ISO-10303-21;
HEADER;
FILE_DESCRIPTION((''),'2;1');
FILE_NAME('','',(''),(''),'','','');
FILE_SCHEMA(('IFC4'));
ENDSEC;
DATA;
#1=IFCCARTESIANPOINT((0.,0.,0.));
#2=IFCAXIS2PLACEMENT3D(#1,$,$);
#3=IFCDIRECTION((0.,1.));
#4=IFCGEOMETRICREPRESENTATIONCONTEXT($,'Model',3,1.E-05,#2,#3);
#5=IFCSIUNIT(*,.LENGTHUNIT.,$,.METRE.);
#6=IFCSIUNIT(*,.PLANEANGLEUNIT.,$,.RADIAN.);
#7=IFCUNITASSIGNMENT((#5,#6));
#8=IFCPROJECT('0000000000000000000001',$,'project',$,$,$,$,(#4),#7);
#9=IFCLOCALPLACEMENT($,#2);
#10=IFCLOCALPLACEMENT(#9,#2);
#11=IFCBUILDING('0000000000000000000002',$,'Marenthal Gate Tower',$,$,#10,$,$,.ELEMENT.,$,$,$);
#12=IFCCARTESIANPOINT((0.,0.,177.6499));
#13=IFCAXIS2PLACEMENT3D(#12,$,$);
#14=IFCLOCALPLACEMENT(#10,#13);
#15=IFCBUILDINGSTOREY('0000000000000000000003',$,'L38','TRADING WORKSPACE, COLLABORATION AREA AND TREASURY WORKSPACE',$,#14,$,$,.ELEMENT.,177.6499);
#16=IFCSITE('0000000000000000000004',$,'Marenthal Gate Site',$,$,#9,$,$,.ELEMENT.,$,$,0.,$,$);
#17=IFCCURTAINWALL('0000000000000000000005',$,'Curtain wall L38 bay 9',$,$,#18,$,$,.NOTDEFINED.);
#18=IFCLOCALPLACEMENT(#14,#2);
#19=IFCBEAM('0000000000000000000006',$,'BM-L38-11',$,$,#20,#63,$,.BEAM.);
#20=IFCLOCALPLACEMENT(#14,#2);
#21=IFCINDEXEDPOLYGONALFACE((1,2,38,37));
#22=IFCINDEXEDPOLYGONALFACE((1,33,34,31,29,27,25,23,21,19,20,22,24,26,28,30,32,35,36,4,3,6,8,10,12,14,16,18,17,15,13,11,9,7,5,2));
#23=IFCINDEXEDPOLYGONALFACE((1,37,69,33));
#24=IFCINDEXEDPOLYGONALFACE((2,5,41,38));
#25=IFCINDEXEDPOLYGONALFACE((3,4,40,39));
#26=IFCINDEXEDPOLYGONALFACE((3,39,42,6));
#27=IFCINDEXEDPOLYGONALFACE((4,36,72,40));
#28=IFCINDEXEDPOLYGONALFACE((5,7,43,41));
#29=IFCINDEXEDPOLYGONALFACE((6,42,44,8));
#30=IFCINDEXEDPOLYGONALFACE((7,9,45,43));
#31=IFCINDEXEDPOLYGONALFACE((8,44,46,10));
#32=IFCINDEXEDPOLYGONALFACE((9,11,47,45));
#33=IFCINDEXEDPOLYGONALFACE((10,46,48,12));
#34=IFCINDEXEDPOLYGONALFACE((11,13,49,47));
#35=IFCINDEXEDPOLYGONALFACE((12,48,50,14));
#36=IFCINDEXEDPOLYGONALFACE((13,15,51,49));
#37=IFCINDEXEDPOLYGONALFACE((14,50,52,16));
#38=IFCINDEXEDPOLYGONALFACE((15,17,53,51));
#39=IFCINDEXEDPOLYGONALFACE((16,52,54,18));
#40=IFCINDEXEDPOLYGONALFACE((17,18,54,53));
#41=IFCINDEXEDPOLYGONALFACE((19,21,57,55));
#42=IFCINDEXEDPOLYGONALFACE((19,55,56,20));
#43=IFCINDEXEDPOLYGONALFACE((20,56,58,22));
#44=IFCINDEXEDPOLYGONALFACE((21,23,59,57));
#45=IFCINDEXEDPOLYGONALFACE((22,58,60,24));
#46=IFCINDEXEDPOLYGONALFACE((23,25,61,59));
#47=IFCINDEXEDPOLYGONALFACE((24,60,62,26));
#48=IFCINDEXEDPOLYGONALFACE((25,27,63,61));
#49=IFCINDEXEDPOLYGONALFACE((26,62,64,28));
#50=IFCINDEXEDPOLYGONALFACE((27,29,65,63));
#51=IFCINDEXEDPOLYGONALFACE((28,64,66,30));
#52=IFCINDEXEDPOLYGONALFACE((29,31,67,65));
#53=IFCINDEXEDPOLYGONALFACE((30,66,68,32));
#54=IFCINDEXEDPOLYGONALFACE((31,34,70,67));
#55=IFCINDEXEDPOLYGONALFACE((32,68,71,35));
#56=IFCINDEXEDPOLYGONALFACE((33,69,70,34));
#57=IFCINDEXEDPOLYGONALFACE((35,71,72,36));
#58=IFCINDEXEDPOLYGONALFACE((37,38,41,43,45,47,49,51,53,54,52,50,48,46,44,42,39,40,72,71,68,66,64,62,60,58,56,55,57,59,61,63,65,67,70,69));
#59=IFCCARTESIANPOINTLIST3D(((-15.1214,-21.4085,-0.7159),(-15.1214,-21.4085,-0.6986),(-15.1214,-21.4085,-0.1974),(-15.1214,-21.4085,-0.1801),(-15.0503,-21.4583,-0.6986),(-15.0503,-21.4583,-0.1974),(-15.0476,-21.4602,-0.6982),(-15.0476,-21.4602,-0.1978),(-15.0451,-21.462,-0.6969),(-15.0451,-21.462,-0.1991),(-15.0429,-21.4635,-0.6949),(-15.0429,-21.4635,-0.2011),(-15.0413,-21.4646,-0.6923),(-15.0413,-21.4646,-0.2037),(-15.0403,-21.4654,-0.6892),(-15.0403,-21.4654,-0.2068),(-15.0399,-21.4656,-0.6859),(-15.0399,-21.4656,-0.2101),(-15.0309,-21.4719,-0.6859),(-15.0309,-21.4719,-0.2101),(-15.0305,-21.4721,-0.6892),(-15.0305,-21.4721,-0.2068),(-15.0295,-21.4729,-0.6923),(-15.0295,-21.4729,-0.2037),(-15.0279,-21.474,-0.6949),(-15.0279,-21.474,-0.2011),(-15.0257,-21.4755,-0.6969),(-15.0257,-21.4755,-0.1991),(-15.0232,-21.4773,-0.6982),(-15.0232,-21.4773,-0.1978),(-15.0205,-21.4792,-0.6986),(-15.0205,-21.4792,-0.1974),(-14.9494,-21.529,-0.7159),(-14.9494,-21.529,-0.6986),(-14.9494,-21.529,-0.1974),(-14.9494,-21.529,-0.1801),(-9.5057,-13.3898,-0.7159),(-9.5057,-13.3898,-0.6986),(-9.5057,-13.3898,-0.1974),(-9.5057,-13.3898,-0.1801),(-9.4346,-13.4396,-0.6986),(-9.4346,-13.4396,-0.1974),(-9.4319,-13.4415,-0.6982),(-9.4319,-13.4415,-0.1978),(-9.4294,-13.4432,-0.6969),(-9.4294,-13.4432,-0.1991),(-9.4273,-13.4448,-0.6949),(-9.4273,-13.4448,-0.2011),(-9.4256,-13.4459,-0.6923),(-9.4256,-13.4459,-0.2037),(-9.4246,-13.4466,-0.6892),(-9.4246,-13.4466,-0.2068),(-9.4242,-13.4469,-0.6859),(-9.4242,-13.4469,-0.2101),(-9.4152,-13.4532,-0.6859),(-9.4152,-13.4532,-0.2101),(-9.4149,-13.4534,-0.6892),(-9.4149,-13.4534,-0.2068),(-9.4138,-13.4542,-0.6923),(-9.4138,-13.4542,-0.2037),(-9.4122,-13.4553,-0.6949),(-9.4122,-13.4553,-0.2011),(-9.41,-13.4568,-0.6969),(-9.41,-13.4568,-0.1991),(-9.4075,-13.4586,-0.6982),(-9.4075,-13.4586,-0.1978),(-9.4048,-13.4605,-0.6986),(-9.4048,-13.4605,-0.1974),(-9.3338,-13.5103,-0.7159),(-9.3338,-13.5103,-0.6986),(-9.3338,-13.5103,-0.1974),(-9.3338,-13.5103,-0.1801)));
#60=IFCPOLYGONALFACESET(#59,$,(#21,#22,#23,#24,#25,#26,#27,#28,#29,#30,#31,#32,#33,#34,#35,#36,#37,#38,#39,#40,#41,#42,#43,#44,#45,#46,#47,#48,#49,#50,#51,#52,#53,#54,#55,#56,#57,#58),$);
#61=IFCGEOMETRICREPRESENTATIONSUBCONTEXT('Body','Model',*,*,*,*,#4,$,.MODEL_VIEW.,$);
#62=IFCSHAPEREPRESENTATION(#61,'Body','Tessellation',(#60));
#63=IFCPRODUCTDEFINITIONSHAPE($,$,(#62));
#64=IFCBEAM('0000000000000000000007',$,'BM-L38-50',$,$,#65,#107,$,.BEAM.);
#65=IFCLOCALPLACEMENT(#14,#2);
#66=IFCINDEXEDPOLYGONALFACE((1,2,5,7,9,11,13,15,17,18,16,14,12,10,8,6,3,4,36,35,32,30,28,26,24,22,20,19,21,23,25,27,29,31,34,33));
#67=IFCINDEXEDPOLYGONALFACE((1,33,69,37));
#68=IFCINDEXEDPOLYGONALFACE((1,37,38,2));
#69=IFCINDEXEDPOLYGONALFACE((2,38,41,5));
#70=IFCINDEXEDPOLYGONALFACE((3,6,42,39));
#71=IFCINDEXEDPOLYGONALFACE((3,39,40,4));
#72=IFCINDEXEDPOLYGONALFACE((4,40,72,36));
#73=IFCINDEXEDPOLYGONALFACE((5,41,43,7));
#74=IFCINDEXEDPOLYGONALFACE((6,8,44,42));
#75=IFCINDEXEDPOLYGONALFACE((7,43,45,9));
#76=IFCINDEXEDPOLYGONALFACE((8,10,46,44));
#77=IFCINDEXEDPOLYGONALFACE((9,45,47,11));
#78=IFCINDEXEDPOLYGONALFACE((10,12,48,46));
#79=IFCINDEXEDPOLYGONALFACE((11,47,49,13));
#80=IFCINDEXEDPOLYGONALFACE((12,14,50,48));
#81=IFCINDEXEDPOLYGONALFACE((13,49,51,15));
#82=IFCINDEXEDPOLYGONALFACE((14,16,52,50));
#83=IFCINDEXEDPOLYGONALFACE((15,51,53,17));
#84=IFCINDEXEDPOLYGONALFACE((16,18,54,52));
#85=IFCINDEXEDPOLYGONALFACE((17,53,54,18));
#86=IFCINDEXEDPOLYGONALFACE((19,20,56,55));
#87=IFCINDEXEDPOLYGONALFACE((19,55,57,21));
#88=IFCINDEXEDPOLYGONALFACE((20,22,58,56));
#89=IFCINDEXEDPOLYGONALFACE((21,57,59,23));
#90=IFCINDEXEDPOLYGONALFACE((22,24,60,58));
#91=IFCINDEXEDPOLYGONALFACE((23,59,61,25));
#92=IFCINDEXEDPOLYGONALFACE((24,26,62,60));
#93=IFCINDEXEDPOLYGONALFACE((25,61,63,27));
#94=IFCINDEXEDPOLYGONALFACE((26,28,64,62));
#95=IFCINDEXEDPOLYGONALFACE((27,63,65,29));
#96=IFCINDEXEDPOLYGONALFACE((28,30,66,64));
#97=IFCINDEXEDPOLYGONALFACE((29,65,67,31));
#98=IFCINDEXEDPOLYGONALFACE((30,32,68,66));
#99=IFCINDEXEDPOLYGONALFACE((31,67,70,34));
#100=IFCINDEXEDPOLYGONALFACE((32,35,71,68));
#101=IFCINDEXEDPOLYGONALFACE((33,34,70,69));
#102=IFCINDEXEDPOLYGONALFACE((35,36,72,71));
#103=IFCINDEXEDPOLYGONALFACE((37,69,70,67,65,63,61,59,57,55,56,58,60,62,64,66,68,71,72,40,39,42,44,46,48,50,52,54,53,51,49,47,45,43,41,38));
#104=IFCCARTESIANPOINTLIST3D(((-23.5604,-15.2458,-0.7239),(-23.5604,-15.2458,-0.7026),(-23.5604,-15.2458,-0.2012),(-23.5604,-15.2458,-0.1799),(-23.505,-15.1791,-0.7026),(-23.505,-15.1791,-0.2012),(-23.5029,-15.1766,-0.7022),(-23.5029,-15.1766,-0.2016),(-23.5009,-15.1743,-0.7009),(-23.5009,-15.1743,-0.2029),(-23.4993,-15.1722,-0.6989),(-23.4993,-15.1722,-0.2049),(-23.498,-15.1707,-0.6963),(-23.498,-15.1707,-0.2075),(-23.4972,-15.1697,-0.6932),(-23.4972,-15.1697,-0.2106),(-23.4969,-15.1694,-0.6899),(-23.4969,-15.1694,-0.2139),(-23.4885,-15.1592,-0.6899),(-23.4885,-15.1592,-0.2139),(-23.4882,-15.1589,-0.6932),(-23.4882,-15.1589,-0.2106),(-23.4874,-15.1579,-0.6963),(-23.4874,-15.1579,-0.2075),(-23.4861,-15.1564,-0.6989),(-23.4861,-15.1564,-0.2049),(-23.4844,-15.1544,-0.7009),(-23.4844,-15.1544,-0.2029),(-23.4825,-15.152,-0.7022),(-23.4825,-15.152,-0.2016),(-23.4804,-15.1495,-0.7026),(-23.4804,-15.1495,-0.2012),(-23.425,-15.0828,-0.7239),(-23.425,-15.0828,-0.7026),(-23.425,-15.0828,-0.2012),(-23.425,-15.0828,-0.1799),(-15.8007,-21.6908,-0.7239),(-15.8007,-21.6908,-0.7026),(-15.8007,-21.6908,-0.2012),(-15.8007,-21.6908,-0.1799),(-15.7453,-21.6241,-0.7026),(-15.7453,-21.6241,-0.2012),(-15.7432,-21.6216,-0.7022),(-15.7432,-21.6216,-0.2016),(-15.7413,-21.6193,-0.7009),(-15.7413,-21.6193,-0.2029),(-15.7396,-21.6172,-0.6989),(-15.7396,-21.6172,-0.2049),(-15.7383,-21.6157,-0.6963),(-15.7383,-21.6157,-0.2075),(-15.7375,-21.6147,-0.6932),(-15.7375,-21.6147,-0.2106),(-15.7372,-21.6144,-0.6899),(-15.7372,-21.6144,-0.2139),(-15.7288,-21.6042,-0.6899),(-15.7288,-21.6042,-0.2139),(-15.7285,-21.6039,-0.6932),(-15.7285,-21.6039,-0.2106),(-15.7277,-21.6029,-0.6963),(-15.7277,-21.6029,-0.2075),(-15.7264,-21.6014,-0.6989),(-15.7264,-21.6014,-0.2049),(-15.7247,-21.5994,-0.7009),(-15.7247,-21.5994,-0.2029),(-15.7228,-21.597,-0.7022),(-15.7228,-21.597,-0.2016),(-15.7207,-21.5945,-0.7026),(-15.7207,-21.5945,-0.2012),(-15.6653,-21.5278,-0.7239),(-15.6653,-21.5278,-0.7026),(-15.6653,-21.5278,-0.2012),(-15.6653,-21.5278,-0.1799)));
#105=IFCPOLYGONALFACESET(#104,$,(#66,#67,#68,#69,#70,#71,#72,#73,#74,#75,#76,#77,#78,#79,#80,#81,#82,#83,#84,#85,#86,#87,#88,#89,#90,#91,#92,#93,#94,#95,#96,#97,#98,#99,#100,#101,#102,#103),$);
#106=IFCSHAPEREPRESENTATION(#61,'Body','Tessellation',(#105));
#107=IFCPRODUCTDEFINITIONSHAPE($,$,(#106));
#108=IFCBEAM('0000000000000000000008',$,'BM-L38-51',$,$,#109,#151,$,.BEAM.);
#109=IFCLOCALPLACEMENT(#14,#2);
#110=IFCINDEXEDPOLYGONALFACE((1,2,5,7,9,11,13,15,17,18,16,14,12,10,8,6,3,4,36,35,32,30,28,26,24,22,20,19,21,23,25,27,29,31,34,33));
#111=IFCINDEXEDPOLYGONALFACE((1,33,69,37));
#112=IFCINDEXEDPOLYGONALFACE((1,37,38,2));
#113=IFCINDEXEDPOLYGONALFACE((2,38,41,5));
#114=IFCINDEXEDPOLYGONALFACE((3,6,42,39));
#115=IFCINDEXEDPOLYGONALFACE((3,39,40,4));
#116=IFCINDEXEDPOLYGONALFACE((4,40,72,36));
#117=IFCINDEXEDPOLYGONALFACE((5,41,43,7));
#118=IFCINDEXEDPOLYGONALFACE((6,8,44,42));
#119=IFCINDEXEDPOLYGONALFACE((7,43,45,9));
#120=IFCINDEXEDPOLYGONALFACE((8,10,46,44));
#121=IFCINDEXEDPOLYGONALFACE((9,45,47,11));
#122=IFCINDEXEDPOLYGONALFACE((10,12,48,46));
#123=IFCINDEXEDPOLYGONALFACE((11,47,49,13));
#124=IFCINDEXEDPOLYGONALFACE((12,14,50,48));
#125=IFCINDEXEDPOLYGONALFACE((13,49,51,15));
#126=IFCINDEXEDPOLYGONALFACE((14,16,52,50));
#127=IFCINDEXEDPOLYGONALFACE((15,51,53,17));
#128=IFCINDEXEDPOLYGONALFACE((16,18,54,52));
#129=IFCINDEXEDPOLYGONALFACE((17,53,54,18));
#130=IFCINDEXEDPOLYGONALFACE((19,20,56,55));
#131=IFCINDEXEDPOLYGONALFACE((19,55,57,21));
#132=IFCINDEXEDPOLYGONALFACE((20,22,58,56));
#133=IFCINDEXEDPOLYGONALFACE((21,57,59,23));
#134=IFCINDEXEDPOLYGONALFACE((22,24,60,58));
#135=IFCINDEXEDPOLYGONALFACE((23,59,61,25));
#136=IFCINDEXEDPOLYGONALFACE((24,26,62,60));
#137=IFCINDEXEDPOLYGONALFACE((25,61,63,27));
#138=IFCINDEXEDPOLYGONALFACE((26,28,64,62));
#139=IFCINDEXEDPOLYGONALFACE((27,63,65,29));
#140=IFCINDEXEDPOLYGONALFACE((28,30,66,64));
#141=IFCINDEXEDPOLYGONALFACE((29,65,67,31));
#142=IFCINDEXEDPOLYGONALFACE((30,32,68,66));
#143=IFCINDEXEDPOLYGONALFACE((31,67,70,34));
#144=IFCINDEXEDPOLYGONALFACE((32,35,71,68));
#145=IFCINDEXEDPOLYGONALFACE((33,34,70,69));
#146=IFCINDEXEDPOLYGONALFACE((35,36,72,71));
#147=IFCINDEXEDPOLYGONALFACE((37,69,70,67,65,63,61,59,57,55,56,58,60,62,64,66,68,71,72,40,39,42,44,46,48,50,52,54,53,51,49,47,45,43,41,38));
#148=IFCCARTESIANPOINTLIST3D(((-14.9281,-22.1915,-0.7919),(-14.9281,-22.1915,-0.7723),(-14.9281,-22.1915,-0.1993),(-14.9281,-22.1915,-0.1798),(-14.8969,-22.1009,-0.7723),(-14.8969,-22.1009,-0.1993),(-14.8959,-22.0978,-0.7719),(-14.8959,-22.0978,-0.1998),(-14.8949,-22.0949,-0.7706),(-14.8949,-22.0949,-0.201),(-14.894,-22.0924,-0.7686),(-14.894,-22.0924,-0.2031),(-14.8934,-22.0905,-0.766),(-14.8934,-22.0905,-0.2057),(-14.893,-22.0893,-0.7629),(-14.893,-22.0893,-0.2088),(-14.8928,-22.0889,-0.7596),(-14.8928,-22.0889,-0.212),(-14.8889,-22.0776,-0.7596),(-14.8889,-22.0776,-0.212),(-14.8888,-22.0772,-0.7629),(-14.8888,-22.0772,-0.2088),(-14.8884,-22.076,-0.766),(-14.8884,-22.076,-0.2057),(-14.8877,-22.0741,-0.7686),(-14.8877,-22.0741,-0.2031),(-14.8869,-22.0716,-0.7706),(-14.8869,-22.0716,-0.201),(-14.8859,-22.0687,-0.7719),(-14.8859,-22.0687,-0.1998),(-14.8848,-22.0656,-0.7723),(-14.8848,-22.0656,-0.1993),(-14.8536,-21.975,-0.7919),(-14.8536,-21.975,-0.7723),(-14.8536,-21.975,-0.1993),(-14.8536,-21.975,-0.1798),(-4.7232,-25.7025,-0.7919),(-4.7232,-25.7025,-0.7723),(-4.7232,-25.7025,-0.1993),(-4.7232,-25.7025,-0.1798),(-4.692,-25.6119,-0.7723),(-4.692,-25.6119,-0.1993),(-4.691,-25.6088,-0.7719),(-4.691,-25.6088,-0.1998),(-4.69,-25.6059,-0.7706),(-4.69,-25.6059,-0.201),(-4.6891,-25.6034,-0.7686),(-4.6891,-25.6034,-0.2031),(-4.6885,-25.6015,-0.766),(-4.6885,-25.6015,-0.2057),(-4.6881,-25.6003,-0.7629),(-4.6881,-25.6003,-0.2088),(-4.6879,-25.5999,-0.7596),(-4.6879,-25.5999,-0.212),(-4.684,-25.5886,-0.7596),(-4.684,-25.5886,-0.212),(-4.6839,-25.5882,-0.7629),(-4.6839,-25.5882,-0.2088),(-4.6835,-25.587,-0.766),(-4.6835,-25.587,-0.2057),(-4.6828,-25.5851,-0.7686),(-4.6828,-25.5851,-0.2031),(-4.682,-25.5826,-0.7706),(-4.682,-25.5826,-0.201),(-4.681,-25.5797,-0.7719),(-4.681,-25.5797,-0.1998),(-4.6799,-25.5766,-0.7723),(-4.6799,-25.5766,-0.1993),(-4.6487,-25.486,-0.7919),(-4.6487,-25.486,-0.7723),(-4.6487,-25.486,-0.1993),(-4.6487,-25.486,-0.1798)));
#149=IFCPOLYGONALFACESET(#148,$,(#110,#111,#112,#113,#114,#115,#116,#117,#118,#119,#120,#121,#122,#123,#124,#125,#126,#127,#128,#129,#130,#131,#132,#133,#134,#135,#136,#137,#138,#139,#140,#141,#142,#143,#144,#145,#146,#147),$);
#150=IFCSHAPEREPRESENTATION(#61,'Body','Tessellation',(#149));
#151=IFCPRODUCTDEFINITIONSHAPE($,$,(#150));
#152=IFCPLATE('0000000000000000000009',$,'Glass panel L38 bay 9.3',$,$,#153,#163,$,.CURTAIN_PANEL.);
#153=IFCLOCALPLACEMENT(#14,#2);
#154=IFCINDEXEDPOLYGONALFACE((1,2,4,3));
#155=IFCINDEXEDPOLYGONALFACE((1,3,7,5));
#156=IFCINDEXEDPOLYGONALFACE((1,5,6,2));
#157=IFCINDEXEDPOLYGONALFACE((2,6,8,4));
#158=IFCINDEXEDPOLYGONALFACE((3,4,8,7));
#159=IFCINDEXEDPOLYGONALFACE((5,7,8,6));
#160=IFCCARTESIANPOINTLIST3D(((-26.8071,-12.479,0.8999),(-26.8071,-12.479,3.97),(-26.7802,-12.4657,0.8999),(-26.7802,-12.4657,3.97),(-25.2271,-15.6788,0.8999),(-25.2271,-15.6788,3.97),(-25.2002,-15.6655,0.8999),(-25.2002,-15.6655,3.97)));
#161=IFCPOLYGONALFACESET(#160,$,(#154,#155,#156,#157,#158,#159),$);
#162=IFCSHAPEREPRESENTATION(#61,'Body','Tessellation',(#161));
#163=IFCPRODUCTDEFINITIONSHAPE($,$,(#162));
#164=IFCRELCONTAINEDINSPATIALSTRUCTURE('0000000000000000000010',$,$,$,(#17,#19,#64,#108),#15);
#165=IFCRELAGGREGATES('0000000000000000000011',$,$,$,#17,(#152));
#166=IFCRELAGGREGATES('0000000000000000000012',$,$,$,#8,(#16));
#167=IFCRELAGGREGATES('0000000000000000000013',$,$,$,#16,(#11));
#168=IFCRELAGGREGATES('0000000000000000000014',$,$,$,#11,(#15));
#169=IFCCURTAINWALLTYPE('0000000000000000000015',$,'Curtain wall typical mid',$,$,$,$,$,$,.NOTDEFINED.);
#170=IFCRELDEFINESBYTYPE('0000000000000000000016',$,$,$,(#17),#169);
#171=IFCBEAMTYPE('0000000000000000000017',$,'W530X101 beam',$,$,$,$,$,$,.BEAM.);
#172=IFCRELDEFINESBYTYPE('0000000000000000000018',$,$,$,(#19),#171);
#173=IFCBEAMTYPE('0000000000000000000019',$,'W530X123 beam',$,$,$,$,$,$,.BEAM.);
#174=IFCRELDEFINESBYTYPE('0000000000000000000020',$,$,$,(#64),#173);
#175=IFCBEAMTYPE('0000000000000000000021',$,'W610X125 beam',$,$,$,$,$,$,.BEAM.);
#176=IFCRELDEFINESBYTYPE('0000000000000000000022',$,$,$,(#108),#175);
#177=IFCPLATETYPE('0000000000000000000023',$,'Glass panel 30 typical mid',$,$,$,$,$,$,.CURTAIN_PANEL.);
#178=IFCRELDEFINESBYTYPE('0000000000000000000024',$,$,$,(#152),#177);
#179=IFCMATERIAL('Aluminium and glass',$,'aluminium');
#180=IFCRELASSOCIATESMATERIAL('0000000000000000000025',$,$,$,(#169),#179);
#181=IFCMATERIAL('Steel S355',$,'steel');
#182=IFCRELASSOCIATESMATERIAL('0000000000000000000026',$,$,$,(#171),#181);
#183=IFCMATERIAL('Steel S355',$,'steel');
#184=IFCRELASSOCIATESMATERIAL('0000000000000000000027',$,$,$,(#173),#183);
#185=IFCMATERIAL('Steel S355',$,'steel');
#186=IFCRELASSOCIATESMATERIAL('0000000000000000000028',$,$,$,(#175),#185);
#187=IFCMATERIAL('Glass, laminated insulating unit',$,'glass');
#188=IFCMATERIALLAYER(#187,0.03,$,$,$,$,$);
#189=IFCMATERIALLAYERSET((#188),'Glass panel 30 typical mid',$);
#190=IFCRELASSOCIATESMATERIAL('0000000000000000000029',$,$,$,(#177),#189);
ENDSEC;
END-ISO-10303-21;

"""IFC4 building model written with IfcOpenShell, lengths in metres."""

from ifc_helpers import new_model, si_unit, direction, frame, origin, origin_2d, place, context, subcontext, project, spatial, rectangle, i_section, extrude, material, layer, layer_set, material_profile, profile_set, type_object, element, aggregate, save


model = new_model("IFC4")

# Units and contexts
model_context = context("Model", 3, precision=1e-05, world=origin(), true_north=direction((0.0, 1.0)))
body_context = subcontext(model_context, "Body", "Model", "MODEL_VIEW")
ifc_project = project(units=[si_unit("LENGTHUNIT", "METRE"), si_unit("PLANEANGLEUNIT", "RADIAN")], contexts=[model_context])

# Site, building, storey
site_placement = place(None, origin())
site = spatial("IfcSite", under=ifc_project, at=site_placement, Name="Marenthal Gate Site", CompositionType="ELEMENT", RefElevation=0.0)
building_placement = place(site_placement, origin())
building = spatial("IfcBuilding", under=site, at=building_placement, Name="Marenthal Gate Tower", CompositionType="ELEMENT")
storey_placement = place(building_placement, frame((0.0, 0.0, 177.6499)))
storey = spatial("IfcBuildingStorey", under=building, at=storey_placement, Name="L38", Description="TRADING WORKSPACE, COLLABORATION AREA AND TREASURY WORKSPACE", CompositionType="ELEMENT", Elevation=177.6499)

# Curtain wall
ifc_material_1 = material(Name="Aluminium and glass", Category="aluminium")
curtain_wall_type = type_object("IfcCurtainWallType", Name="Curtain wall typical mid", PredefinedType="NOTDEFINED", material=ifc_material_1)
curtain_wall_1_placement = place(storey_placement, origin())
curtain_wall_1 = element("IfcCurtainWall", 1, at=curtain_wall_1_placement, inside=storey, type_object=curtain_wall_type, Name="Curtain wall L38 bay 9", PredefinedType="NOTDEFINED")

# Beams
ifc_material_2 = material(Name="Steel S355", Category="steel")
ifc_material_profile_1 = material_profile(ifc_material_2, i_section(OverallWidth=0.21, OverallDepth=0.5359, WebThickness=0.011, FlangeThickness=0.0173, FilletRadius=0.0127, at=origin_2d()), Name="W530X101")
ifc_profile_set_1 = profile_set([ifc_material_profile_1], Name="Steel S355")
beam_type_1 = type_object("IfcBeamType", Name="W530X101 beam", PredefinedType="BEAM", material=ifc_profile_set_1)
beam_1_placement = place(storey_placement, frame((-15.0354, -21.4688, -0.448), z_axis=(0.573638, 0.819109, 0.0), x_axis=(-0.819109, 0.573638, 0.0)))
element("IfcBeam", 2, at=beam_1_placement, inside=storey, type_object=beam_type_1, Name="BM-L38-11", PredefinedType="BEAM", context=body_context, shape_type="SweptSolid", body=[
    extrude(i_section(OverallWidth=0.21, OverallDepth=0.5359, WebThickness=0.011, FlangeThickness=0.0173, FilletRadius=0.0127, at=origin_2d()), origin(), (0.0, 0.0, 1.0), 9.7896),
])
ifc_material_3 = material(Name="Steel S355", Category="steel")
ifc_material_profile_2 = material_profile(ifc_material_3, i_section(OverallWidth=0.2119, OverallDepth=0.5439, WebThickness=0.0132, FlangeThickness=0.0212, FilletRadius=0.0127, at=origin_2d()), Name="W530X123")
ifc_profile_set_2 = profile_set([ifc_material_profile_2], Name="Steel S355")
beam_type_2 = type_object("IfcBeamType", Name="W530X123 beam", PredefinedType="BEAM", material=ifc_profile_set_2)
beam_2_placement = place(storey_placement, frame((-23.4927, -15.1643, -0.4519), z_axis=(0.769264, -0.638931, 0.0), x_axis=(0.638931, 0.769264, 0.0)))
element("IfcBeam", 3, at=beam_2_placement, inside=storey, type_object=beam_type_2, Name="BM-L38-50", PredefinedType="BEAM", context=body_context, shape_type="SweptSolid", body=[
    extrude(i_section(OverallWidth=0.2119, OverallDepth=0.5439, WebThickness=0.0132, FlangeThickness=0.0212, FilletRadius=0.0127, at=origin_2d()), origin(), (0.0, 0.0, 1.0), 10.0872),
])
ifc_material_4 = material(Name="Steel S355", Category="steel")
ifc_material_profile_3 = material_profile(ifc_material_4, i_section(OverallWidth=0.229, OverallDepth=0.6121, WebThickness=0.012, FlangeThickness=0.0195, FilletRadius=0.0127, at=origin_2d()), Name="W610X125")
ifc_profile_set_3 = profile_set([ifc_material_profile_3], Name="Steel S355")
beam_type_3 = type_object("IfcBeamType", Name="W610X125 beam", PredefinedType="BEAM", material=ifc_profile_set_3)
beam_3_placement = place(storey_placement, frame((-14.8909, -22.0833, -0.4858), z_axis=(0.945599, -0.325335, 0.0), x_axis=(0.325335, 0.945599, 0.0)))
element("IfcBeam", 4, at=beam_3_placement, inside=storey, type_object=beam_type_3, Name="BM-L38-51", PredefinedType="BEAM", context=body_context, shape_type="SweptSolid", body=[
    extrude(i_section(OverallWidth=0.229, OverallDepth=0.6121, WebThickness=0.012, FlangeThickness=0.0195, FilletRadius=0.0127, at=origin_2d()), origin(), (0.0, 0.0, 1.0), 10.792),
])

# Plate
ifc_material_5 = material(Name="Glass, laminated insulating unit", Category="glass")
ifc_layer_1 = layer(ifc_material_5, 0.03)
ifc_layer_set_1 = layer_set([ifc_layer_1], Name="Glass panel 30 typical mid")
plate_type = type_object("IfcPlateType", Name="Glass panel 30 typical mid", PredefinedType="CURTAIN_PANEL", material=ifc_layer_set_1)
plate_placement = place(storey_placement, frame((-26.0037, -14.0723, 0.8999), z_axis=(0.0, 0.0, 1.0), x_axis=(0.442753, -0.896643, 0.0)))
plate = element("IfcPlate", 5, at=plate_placement, type_object=plate_type, Name="Glass panel L38 bay 9.3", PredefinedType="CURTAIN_PANEL", context=body_context, shape_type="SweptSolid", body=[
    extrude(rectangle(XDim=3.5686, YDim=0.03, at=origin_2d()), origin(), (0.0, 0.0, 1.0), 3.0701),
])
aggregate(curtain_wall_1, [plate])

save(model, "model.ifc")
